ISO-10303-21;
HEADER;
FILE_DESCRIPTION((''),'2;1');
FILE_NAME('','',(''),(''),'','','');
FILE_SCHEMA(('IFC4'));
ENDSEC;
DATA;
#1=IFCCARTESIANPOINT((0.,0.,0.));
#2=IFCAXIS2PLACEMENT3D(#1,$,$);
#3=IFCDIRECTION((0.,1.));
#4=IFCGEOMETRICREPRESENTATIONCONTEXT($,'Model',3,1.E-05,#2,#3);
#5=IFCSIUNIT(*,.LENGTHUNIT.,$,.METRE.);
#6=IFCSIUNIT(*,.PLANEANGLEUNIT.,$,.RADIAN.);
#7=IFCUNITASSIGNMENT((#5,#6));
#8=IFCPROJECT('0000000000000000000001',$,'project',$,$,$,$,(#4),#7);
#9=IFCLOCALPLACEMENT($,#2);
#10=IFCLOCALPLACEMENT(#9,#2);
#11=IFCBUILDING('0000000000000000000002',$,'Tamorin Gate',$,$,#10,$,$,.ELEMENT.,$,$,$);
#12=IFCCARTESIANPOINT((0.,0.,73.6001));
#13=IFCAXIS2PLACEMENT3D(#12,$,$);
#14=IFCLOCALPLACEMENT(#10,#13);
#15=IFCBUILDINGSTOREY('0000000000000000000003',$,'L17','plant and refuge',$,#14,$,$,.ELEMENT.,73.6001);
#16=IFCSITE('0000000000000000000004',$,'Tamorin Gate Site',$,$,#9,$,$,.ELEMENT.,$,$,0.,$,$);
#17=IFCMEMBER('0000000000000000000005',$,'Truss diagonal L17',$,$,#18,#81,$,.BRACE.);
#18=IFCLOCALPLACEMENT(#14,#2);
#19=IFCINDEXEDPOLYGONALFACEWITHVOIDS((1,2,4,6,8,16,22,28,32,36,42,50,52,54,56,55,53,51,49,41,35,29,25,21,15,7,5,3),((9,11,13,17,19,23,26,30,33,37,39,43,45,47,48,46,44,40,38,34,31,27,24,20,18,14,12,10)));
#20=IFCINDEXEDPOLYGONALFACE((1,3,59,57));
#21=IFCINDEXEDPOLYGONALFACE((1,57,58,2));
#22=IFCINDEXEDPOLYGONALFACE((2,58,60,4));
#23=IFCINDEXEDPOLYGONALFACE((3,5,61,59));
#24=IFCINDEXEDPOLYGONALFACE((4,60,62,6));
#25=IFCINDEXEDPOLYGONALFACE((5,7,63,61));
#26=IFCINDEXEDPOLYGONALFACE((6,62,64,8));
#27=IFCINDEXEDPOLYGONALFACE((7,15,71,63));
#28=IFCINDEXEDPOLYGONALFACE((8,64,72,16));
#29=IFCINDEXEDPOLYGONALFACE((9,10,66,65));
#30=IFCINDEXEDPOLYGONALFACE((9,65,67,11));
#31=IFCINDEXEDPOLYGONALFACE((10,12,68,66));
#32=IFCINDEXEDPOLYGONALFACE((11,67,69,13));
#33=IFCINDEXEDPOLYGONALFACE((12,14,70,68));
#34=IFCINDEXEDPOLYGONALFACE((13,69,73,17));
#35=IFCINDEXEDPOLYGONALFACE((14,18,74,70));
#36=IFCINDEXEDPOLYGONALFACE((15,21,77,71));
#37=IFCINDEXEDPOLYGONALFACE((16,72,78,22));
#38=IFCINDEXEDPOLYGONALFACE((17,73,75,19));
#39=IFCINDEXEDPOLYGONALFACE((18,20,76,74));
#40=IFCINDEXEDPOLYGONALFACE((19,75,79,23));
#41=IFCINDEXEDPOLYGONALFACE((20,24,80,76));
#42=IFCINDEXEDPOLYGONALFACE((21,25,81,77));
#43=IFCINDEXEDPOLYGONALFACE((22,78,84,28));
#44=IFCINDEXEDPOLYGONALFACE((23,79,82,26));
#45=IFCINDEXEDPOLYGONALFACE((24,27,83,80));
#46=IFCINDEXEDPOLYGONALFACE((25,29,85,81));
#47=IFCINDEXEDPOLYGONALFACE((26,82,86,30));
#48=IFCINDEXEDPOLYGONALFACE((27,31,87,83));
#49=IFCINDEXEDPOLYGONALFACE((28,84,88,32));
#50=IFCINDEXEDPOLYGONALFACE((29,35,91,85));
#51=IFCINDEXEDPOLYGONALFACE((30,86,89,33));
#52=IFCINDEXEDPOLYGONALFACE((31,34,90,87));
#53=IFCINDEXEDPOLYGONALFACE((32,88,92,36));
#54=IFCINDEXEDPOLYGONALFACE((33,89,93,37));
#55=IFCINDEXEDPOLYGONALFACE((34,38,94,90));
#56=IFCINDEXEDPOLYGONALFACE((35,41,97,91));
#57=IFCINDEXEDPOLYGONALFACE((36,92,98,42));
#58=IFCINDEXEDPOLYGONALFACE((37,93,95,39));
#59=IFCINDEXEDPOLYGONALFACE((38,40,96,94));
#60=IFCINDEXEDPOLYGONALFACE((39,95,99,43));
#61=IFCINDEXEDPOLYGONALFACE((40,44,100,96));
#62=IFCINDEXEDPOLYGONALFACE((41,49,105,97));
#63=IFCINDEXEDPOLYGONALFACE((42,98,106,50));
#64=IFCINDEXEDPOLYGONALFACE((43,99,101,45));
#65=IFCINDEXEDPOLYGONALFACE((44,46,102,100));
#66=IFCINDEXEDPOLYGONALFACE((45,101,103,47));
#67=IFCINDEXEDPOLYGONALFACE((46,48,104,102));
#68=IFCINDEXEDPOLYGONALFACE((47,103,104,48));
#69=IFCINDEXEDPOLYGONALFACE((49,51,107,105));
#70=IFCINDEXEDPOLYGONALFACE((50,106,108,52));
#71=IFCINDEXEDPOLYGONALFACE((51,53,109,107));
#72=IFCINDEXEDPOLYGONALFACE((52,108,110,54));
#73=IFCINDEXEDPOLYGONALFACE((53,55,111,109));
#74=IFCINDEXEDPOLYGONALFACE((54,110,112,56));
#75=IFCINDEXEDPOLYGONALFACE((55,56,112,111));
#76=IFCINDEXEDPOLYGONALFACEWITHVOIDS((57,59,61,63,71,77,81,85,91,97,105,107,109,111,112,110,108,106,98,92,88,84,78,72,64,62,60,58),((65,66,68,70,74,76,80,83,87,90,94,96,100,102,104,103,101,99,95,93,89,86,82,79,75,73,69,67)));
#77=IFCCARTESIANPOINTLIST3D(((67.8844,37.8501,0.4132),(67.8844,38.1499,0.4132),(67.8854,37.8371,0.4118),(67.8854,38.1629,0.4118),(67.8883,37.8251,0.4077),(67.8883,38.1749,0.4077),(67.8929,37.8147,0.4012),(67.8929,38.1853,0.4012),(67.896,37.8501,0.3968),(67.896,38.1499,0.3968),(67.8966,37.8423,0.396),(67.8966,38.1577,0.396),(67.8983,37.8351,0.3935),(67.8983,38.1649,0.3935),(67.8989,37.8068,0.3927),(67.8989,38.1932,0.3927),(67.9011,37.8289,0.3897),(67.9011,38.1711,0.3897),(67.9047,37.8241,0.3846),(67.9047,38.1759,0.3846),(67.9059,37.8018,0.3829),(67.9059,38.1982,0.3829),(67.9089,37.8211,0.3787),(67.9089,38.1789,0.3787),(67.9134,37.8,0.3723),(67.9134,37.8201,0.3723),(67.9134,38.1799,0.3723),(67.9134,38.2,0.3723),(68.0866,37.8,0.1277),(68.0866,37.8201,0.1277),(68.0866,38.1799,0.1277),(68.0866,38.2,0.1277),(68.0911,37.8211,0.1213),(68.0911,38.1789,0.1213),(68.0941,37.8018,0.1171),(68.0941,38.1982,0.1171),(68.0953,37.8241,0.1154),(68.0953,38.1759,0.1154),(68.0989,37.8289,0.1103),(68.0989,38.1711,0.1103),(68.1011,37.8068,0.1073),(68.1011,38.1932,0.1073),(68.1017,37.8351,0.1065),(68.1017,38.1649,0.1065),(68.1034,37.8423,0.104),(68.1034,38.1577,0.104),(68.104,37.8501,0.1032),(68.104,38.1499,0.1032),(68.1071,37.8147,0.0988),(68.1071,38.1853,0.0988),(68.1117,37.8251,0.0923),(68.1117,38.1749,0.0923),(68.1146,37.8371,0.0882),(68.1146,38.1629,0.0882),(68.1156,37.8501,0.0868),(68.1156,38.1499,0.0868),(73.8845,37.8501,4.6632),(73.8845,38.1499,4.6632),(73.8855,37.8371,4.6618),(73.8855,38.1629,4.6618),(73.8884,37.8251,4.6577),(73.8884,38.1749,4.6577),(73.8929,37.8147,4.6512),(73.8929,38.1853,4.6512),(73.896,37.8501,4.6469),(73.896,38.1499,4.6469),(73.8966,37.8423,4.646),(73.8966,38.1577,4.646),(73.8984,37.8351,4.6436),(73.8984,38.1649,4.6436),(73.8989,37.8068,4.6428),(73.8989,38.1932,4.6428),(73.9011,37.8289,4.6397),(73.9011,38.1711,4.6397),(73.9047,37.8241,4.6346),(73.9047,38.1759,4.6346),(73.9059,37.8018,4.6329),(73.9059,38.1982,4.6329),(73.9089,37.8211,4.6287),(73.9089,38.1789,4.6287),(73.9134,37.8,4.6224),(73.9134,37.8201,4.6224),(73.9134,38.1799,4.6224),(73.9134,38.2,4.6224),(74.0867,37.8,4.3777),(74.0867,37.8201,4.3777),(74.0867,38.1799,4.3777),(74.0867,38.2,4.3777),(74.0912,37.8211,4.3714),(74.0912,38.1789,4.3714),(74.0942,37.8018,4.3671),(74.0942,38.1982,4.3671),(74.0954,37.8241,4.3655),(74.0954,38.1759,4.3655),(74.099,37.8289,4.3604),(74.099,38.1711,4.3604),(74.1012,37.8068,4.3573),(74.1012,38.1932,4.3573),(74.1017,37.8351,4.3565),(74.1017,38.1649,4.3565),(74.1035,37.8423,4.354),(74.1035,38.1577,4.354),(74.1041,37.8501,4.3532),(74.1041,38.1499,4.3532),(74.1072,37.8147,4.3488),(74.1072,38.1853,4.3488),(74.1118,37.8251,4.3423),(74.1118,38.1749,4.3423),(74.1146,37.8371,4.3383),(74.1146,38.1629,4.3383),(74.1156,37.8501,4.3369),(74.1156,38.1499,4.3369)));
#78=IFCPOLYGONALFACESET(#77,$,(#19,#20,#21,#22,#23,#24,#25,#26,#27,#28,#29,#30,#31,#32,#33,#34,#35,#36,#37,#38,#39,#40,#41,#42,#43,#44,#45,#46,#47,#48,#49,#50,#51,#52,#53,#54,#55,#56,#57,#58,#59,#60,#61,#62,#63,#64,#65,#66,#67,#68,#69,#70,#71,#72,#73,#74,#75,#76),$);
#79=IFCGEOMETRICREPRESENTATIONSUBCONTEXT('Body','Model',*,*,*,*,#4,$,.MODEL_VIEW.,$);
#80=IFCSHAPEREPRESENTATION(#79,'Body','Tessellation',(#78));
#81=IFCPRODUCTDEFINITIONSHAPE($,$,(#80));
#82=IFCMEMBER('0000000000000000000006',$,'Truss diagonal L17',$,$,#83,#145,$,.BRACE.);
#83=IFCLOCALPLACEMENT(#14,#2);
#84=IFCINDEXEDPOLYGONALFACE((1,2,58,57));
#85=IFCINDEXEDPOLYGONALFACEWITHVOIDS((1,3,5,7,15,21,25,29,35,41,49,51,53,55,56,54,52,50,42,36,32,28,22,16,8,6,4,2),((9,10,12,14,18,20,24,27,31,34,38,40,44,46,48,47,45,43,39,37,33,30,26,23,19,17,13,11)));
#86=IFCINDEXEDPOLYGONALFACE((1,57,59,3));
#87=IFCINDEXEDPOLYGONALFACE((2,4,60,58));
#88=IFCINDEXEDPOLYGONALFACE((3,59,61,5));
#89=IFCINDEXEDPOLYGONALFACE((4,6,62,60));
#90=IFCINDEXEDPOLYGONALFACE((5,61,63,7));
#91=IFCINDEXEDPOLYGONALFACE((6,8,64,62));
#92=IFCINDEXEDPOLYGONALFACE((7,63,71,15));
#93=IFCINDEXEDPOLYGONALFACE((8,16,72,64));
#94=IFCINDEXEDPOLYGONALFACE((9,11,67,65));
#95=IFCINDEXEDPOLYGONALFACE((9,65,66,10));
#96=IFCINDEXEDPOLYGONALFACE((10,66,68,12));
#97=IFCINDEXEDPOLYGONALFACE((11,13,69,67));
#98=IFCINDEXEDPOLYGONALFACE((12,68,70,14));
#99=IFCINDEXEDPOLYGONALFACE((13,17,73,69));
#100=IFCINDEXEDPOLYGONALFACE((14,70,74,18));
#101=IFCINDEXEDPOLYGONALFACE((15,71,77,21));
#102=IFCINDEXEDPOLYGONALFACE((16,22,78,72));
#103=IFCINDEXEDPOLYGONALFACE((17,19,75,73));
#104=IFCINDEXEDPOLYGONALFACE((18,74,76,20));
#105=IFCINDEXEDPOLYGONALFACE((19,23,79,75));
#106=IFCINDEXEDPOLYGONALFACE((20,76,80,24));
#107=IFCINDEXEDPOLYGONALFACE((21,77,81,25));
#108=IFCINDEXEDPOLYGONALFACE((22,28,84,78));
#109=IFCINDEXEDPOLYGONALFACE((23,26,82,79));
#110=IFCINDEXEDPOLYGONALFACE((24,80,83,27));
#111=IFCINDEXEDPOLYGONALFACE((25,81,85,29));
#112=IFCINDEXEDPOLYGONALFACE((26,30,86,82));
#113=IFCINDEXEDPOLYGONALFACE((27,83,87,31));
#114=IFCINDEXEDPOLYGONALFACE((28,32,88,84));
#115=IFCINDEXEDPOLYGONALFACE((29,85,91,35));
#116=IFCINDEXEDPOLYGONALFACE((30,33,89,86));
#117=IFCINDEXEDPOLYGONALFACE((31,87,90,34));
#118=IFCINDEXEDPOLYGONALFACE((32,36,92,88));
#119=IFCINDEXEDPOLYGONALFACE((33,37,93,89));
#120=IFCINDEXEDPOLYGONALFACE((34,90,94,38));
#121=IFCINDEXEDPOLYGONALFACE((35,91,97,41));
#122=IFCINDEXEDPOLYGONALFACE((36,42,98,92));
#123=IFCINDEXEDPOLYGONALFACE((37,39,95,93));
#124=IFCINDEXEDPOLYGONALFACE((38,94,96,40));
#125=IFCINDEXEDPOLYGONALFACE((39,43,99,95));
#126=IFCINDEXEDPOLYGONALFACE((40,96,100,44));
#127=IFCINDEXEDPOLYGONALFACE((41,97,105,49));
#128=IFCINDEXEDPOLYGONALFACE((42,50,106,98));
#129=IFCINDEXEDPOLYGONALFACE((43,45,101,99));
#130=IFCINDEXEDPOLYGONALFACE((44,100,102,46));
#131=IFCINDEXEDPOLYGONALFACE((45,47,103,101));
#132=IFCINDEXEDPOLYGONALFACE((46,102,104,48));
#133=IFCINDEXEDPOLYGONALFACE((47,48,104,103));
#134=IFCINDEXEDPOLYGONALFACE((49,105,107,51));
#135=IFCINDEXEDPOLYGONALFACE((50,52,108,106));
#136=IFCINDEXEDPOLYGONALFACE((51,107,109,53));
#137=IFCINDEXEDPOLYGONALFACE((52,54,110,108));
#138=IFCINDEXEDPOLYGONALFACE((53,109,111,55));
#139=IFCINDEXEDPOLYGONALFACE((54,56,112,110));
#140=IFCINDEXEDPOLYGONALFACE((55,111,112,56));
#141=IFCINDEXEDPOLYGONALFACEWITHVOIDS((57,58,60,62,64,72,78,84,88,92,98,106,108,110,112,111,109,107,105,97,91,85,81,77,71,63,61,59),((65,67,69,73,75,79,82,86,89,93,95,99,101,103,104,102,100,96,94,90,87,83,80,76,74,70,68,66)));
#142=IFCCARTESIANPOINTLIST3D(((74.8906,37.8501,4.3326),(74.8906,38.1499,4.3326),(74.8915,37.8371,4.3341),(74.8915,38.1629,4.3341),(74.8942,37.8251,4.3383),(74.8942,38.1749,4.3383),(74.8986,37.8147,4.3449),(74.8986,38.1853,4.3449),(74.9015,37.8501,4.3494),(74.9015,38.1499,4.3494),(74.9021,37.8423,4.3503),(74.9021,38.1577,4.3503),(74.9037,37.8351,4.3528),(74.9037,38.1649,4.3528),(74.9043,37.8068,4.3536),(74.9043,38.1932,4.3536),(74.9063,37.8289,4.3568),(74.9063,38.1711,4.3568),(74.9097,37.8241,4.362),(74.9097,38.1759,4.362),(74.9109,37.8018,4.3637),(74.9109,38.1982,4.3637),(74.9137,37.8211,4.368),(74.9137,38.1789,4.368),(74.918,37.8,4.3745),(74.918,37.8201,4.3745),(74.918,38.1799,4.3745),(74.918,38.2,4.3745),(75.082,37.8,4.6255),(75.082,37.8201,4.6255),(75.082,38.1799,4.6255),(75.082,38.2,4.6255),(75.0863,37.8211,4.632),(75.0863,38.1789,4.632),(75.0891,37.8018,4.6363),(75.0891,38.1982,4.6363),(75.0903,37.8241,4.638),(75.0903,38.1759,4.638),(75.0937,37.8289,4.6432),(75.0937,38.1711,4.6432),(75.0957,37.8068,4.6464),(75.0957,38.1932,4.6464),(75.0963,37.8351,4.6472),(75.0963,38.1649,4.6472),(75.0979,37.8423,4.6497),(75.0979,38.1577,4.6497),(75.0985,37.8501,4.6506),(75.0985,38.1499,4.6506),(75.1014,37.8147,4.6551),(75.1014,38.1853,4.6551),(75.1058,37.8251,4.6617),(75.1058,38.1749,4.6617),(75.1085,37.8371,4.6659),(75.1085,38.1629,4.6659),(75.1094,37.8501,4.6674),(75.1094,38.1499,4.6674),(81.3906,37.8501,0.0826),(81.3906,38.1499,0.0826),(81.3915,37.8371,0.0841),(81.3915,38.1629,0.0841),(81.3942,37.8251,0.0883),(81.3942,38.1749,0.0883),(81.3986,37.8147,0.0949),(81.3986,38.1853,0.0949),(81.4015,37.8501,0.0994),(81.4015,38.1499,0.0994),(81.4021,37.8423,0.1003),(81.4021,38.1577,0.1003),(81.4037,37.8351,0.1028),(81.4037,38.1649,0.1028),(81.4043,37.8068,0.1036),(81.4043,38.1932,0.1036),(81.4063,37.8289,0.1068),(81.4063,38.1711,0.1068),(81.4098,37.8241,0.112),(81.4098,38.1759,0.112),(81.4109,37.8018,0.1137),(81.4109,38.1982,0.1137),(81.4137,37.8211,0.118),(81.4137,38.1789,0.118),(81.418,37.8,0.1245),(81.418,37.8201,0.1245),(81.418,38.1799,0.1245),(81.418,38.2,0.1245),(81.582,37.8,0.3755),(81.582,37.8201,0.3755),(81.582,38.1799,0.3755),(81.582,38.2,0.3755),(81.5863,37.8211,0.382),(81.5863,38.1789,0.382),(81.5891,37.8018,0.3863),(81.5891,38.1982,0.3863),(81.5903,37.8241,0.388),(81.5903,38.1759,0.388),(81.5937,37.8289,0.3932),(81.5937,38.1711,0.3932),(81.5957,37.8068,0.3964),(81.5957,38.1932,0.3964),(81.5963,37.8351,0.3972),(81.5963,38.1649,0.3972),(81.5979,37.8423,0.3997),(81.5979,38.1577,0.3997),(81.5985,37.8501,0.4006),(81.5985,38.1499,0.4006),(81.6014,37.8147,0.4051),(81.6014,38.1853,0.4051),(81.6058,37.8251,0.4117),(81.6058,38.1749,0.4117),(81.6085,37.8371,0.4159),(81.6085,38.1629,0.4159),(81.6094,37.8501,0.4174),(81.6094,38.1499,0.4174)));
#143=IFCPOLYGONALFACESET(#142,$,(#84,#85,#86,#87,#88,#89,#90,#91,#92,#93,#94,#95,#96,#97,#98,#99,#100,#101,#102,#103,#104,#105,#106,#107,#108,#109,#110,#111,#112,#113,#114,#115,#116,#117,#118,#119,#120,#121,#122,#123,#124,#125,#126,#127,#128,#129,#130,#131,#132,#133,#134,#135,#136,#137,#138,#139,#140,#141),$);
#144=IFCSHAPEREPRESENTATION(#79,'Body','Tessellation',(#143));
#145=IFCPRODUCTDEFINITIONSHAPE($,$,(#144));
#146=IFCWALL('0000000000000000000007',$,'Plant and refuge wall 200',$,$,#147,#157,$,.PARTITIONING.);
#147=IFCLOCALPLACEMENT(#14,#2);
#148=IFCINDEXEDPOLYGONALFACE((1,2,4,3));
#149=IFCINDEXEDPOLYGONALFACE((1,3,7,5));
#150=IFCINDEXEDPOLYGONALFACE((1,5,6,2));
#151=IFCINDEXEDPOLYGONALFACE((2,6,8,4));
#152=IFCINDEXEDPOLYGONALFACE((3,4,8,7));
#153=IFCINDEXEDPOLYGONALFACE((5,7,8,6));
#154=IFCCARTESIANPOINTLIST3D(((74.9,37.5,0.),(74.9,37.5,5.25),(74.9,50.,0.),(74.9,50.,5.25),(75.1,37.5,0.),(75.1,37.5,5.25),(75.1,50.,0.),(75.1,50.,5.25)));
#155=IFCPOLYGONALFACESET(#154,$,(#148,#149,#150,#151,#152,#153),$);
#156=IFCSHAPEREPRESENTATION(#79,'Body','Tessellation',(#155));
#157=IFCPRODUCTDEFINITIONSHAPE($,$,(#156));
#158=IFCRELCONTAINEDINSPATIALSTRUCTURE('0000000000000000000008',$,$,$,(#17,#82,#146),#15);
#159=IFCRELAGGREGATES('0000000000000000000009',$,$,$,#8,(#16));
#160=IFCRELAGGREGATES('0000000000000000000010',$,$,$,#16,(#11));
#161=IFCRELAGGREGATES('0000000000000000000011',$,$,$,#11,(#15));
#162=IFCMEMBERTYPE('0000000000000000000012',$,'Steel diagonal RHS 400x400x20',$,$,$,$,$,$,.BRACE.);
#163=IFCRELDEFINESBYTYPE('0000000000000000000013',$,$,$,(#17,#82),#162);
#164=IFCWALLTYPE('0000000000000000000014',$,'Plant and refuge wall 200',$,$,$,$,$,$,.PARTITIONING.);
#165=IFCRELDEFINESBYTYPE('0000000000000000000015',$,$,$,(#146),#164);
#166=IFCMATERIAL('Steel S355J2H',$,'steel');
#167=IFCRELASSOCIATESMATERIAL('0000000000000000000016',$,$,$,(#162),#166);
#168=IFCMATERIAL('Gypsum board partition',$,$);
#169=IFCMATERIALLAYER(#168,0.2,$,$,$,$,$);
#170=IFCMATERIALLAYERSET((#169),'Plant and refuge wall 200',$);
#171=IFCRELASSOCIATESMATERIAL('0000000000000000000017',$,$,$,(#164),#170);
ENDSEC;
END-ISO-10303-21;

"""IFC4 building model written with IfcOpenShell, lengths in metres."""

from ifc_helpers import new_model, si_unit, direction, frame, frame_2d, origin, origin_2d, place, context, subcontext, project, spatial, rectangle, hollow_rectangle, extrude, material, layer, layer_set, material_profile, profile_set, type_object, element, save


model = new_model("IFC4")

# Units and contexts
model_context = context("Model", 3, precision=1e-05, world=origin(), true_north=direction((0.0, 1.0)))
body_context = subcontext(model_context, "Body", "Model", "MODEL_VIEW")
ifc_project = project(units=[si_unit("LENGTHUNIT", "METRE"), si_unit("PLANEANGLEUNIT", "RADIAN")], contexts=[model_context])

# Site, building, storey
site_placement = place(None, origin())
site = spatial("IfcSite", under=ifc_project, at=site_placement, Name="Tamorin Gate Site", CompositionType="ELEMENT", RefElevation=0.0)
building_placement = place(site_placement, origin())
building = spatial("IfcBuilding", under=site, at=building_placement, Name="Tamorin Gate", CompositionType="ELEMENT")
storey_placement = place(building_placement, frame((0.0, 0.0, 73.6001)))
storey = spatial("IfcBuildingStorey", under=building, at=storey_placement, Name="L17", Description="plant and refuge", CompositionType="ELEMENT", Elevation=73.6001)

# Members
ifc_material_1 = material(Name="Steel S355J2H", Category="steel")
ifc_material_profile_1 = material_profile(ifc_material_1, hollow_rectangle(XDim=0.3999, YDim=0.3999, WallThickness=0.02, InnerFilletRadius=0.03, OuterFilletRadius=0.05, at=origin_2d()), Name="RHS 400x400x20")
ifc_profile_set_1 = profile_set([ifc_material_profile_1], Name="Steel S355J2H")
member_type_1 = type_object("IfcMemberType", Name="Steel diagonal RHS 400x400x20", PredefinedType="BRACE", material=ifc_profile_set_1)
member_1_placement = place(storey_placement, frame((68.0, 38.0, 0.25), z_axis=(0.816024, 0.0, 0.578017), x_axis=(0.0, 1.0, 0.0)))
element("IfcMember", 1, at=member_1_placement, inside=storey, type_object=member_type_1, Name="Truss diagonal L17", PredefinedType="BRACE", context=body_context, shape_type="SweptSolid", body=[
    extrude(hollow_rectangle(XDim=0.3999, YDim=0.3999, WallThickness=0.02, InnerFilletRadius=0.03, OuterFilletRadius=0.05, at=origin_2d()), origin(), (0.0, 0.0, 1.0), 7.3528),
])
member_2_placement = place(storey_placement, frame((75.0, 38.0, 4.5), z_axis=(0.83697, 0.0, -0.547249), x_axis=(0.0, 1.0, 0.0)))
element("IfcMember", 2, at=member_2_placement, inside=storey, type_object=member_type_1, Name="Truss diagonal L17", PredefinedType="BRACE", context=body_context, shape_type="SweptSolid", body=[
    extrude(hollow_rectangle(XDim=0.3999, YDim=0.3999, WallThickness=0.02, InnerFilletRadius=0.03, OuterFilletRadius=0.05, at=origin_2d()), origin(), (0.0, 0.0, 1.0), 7.7661),
])

# Wall
ifc_material_2 = material(Name="Gypsum board partition")
ifc_layer = layer(ifc_material_2, 0.2)
ifc_layer_set = layer_set([ifc_layer], Name="Plant and refuge wall 200")
wall_type = type_object("IfcWallType", Name="Plant and refuge wall 200", PredefinedType="PARTITIONING", material=ifc_layer_set)
wall_placement = place(storey_placement, frame((75.0, 37.5, 0.0), z_axis=(0.0, 0.0, 1.0), x_axis=(0.0, 1.0, 0.0)))
element("IfcWall", 3, at=wall_placement, inside=storey, type_object=wall_type, Name="Plant and refuge wall 200", PredefinedType="PARTITIONING", context=body_context, shape_type="SweptSolid", body=[
    extrude(rectangle(XDim=12.5, YDim=0.2, at=frame_2d((6.25, 0.0))), origin(), (0.0, 0.0, 1.0), 5.25),
])

save(model, "model.ifc")
